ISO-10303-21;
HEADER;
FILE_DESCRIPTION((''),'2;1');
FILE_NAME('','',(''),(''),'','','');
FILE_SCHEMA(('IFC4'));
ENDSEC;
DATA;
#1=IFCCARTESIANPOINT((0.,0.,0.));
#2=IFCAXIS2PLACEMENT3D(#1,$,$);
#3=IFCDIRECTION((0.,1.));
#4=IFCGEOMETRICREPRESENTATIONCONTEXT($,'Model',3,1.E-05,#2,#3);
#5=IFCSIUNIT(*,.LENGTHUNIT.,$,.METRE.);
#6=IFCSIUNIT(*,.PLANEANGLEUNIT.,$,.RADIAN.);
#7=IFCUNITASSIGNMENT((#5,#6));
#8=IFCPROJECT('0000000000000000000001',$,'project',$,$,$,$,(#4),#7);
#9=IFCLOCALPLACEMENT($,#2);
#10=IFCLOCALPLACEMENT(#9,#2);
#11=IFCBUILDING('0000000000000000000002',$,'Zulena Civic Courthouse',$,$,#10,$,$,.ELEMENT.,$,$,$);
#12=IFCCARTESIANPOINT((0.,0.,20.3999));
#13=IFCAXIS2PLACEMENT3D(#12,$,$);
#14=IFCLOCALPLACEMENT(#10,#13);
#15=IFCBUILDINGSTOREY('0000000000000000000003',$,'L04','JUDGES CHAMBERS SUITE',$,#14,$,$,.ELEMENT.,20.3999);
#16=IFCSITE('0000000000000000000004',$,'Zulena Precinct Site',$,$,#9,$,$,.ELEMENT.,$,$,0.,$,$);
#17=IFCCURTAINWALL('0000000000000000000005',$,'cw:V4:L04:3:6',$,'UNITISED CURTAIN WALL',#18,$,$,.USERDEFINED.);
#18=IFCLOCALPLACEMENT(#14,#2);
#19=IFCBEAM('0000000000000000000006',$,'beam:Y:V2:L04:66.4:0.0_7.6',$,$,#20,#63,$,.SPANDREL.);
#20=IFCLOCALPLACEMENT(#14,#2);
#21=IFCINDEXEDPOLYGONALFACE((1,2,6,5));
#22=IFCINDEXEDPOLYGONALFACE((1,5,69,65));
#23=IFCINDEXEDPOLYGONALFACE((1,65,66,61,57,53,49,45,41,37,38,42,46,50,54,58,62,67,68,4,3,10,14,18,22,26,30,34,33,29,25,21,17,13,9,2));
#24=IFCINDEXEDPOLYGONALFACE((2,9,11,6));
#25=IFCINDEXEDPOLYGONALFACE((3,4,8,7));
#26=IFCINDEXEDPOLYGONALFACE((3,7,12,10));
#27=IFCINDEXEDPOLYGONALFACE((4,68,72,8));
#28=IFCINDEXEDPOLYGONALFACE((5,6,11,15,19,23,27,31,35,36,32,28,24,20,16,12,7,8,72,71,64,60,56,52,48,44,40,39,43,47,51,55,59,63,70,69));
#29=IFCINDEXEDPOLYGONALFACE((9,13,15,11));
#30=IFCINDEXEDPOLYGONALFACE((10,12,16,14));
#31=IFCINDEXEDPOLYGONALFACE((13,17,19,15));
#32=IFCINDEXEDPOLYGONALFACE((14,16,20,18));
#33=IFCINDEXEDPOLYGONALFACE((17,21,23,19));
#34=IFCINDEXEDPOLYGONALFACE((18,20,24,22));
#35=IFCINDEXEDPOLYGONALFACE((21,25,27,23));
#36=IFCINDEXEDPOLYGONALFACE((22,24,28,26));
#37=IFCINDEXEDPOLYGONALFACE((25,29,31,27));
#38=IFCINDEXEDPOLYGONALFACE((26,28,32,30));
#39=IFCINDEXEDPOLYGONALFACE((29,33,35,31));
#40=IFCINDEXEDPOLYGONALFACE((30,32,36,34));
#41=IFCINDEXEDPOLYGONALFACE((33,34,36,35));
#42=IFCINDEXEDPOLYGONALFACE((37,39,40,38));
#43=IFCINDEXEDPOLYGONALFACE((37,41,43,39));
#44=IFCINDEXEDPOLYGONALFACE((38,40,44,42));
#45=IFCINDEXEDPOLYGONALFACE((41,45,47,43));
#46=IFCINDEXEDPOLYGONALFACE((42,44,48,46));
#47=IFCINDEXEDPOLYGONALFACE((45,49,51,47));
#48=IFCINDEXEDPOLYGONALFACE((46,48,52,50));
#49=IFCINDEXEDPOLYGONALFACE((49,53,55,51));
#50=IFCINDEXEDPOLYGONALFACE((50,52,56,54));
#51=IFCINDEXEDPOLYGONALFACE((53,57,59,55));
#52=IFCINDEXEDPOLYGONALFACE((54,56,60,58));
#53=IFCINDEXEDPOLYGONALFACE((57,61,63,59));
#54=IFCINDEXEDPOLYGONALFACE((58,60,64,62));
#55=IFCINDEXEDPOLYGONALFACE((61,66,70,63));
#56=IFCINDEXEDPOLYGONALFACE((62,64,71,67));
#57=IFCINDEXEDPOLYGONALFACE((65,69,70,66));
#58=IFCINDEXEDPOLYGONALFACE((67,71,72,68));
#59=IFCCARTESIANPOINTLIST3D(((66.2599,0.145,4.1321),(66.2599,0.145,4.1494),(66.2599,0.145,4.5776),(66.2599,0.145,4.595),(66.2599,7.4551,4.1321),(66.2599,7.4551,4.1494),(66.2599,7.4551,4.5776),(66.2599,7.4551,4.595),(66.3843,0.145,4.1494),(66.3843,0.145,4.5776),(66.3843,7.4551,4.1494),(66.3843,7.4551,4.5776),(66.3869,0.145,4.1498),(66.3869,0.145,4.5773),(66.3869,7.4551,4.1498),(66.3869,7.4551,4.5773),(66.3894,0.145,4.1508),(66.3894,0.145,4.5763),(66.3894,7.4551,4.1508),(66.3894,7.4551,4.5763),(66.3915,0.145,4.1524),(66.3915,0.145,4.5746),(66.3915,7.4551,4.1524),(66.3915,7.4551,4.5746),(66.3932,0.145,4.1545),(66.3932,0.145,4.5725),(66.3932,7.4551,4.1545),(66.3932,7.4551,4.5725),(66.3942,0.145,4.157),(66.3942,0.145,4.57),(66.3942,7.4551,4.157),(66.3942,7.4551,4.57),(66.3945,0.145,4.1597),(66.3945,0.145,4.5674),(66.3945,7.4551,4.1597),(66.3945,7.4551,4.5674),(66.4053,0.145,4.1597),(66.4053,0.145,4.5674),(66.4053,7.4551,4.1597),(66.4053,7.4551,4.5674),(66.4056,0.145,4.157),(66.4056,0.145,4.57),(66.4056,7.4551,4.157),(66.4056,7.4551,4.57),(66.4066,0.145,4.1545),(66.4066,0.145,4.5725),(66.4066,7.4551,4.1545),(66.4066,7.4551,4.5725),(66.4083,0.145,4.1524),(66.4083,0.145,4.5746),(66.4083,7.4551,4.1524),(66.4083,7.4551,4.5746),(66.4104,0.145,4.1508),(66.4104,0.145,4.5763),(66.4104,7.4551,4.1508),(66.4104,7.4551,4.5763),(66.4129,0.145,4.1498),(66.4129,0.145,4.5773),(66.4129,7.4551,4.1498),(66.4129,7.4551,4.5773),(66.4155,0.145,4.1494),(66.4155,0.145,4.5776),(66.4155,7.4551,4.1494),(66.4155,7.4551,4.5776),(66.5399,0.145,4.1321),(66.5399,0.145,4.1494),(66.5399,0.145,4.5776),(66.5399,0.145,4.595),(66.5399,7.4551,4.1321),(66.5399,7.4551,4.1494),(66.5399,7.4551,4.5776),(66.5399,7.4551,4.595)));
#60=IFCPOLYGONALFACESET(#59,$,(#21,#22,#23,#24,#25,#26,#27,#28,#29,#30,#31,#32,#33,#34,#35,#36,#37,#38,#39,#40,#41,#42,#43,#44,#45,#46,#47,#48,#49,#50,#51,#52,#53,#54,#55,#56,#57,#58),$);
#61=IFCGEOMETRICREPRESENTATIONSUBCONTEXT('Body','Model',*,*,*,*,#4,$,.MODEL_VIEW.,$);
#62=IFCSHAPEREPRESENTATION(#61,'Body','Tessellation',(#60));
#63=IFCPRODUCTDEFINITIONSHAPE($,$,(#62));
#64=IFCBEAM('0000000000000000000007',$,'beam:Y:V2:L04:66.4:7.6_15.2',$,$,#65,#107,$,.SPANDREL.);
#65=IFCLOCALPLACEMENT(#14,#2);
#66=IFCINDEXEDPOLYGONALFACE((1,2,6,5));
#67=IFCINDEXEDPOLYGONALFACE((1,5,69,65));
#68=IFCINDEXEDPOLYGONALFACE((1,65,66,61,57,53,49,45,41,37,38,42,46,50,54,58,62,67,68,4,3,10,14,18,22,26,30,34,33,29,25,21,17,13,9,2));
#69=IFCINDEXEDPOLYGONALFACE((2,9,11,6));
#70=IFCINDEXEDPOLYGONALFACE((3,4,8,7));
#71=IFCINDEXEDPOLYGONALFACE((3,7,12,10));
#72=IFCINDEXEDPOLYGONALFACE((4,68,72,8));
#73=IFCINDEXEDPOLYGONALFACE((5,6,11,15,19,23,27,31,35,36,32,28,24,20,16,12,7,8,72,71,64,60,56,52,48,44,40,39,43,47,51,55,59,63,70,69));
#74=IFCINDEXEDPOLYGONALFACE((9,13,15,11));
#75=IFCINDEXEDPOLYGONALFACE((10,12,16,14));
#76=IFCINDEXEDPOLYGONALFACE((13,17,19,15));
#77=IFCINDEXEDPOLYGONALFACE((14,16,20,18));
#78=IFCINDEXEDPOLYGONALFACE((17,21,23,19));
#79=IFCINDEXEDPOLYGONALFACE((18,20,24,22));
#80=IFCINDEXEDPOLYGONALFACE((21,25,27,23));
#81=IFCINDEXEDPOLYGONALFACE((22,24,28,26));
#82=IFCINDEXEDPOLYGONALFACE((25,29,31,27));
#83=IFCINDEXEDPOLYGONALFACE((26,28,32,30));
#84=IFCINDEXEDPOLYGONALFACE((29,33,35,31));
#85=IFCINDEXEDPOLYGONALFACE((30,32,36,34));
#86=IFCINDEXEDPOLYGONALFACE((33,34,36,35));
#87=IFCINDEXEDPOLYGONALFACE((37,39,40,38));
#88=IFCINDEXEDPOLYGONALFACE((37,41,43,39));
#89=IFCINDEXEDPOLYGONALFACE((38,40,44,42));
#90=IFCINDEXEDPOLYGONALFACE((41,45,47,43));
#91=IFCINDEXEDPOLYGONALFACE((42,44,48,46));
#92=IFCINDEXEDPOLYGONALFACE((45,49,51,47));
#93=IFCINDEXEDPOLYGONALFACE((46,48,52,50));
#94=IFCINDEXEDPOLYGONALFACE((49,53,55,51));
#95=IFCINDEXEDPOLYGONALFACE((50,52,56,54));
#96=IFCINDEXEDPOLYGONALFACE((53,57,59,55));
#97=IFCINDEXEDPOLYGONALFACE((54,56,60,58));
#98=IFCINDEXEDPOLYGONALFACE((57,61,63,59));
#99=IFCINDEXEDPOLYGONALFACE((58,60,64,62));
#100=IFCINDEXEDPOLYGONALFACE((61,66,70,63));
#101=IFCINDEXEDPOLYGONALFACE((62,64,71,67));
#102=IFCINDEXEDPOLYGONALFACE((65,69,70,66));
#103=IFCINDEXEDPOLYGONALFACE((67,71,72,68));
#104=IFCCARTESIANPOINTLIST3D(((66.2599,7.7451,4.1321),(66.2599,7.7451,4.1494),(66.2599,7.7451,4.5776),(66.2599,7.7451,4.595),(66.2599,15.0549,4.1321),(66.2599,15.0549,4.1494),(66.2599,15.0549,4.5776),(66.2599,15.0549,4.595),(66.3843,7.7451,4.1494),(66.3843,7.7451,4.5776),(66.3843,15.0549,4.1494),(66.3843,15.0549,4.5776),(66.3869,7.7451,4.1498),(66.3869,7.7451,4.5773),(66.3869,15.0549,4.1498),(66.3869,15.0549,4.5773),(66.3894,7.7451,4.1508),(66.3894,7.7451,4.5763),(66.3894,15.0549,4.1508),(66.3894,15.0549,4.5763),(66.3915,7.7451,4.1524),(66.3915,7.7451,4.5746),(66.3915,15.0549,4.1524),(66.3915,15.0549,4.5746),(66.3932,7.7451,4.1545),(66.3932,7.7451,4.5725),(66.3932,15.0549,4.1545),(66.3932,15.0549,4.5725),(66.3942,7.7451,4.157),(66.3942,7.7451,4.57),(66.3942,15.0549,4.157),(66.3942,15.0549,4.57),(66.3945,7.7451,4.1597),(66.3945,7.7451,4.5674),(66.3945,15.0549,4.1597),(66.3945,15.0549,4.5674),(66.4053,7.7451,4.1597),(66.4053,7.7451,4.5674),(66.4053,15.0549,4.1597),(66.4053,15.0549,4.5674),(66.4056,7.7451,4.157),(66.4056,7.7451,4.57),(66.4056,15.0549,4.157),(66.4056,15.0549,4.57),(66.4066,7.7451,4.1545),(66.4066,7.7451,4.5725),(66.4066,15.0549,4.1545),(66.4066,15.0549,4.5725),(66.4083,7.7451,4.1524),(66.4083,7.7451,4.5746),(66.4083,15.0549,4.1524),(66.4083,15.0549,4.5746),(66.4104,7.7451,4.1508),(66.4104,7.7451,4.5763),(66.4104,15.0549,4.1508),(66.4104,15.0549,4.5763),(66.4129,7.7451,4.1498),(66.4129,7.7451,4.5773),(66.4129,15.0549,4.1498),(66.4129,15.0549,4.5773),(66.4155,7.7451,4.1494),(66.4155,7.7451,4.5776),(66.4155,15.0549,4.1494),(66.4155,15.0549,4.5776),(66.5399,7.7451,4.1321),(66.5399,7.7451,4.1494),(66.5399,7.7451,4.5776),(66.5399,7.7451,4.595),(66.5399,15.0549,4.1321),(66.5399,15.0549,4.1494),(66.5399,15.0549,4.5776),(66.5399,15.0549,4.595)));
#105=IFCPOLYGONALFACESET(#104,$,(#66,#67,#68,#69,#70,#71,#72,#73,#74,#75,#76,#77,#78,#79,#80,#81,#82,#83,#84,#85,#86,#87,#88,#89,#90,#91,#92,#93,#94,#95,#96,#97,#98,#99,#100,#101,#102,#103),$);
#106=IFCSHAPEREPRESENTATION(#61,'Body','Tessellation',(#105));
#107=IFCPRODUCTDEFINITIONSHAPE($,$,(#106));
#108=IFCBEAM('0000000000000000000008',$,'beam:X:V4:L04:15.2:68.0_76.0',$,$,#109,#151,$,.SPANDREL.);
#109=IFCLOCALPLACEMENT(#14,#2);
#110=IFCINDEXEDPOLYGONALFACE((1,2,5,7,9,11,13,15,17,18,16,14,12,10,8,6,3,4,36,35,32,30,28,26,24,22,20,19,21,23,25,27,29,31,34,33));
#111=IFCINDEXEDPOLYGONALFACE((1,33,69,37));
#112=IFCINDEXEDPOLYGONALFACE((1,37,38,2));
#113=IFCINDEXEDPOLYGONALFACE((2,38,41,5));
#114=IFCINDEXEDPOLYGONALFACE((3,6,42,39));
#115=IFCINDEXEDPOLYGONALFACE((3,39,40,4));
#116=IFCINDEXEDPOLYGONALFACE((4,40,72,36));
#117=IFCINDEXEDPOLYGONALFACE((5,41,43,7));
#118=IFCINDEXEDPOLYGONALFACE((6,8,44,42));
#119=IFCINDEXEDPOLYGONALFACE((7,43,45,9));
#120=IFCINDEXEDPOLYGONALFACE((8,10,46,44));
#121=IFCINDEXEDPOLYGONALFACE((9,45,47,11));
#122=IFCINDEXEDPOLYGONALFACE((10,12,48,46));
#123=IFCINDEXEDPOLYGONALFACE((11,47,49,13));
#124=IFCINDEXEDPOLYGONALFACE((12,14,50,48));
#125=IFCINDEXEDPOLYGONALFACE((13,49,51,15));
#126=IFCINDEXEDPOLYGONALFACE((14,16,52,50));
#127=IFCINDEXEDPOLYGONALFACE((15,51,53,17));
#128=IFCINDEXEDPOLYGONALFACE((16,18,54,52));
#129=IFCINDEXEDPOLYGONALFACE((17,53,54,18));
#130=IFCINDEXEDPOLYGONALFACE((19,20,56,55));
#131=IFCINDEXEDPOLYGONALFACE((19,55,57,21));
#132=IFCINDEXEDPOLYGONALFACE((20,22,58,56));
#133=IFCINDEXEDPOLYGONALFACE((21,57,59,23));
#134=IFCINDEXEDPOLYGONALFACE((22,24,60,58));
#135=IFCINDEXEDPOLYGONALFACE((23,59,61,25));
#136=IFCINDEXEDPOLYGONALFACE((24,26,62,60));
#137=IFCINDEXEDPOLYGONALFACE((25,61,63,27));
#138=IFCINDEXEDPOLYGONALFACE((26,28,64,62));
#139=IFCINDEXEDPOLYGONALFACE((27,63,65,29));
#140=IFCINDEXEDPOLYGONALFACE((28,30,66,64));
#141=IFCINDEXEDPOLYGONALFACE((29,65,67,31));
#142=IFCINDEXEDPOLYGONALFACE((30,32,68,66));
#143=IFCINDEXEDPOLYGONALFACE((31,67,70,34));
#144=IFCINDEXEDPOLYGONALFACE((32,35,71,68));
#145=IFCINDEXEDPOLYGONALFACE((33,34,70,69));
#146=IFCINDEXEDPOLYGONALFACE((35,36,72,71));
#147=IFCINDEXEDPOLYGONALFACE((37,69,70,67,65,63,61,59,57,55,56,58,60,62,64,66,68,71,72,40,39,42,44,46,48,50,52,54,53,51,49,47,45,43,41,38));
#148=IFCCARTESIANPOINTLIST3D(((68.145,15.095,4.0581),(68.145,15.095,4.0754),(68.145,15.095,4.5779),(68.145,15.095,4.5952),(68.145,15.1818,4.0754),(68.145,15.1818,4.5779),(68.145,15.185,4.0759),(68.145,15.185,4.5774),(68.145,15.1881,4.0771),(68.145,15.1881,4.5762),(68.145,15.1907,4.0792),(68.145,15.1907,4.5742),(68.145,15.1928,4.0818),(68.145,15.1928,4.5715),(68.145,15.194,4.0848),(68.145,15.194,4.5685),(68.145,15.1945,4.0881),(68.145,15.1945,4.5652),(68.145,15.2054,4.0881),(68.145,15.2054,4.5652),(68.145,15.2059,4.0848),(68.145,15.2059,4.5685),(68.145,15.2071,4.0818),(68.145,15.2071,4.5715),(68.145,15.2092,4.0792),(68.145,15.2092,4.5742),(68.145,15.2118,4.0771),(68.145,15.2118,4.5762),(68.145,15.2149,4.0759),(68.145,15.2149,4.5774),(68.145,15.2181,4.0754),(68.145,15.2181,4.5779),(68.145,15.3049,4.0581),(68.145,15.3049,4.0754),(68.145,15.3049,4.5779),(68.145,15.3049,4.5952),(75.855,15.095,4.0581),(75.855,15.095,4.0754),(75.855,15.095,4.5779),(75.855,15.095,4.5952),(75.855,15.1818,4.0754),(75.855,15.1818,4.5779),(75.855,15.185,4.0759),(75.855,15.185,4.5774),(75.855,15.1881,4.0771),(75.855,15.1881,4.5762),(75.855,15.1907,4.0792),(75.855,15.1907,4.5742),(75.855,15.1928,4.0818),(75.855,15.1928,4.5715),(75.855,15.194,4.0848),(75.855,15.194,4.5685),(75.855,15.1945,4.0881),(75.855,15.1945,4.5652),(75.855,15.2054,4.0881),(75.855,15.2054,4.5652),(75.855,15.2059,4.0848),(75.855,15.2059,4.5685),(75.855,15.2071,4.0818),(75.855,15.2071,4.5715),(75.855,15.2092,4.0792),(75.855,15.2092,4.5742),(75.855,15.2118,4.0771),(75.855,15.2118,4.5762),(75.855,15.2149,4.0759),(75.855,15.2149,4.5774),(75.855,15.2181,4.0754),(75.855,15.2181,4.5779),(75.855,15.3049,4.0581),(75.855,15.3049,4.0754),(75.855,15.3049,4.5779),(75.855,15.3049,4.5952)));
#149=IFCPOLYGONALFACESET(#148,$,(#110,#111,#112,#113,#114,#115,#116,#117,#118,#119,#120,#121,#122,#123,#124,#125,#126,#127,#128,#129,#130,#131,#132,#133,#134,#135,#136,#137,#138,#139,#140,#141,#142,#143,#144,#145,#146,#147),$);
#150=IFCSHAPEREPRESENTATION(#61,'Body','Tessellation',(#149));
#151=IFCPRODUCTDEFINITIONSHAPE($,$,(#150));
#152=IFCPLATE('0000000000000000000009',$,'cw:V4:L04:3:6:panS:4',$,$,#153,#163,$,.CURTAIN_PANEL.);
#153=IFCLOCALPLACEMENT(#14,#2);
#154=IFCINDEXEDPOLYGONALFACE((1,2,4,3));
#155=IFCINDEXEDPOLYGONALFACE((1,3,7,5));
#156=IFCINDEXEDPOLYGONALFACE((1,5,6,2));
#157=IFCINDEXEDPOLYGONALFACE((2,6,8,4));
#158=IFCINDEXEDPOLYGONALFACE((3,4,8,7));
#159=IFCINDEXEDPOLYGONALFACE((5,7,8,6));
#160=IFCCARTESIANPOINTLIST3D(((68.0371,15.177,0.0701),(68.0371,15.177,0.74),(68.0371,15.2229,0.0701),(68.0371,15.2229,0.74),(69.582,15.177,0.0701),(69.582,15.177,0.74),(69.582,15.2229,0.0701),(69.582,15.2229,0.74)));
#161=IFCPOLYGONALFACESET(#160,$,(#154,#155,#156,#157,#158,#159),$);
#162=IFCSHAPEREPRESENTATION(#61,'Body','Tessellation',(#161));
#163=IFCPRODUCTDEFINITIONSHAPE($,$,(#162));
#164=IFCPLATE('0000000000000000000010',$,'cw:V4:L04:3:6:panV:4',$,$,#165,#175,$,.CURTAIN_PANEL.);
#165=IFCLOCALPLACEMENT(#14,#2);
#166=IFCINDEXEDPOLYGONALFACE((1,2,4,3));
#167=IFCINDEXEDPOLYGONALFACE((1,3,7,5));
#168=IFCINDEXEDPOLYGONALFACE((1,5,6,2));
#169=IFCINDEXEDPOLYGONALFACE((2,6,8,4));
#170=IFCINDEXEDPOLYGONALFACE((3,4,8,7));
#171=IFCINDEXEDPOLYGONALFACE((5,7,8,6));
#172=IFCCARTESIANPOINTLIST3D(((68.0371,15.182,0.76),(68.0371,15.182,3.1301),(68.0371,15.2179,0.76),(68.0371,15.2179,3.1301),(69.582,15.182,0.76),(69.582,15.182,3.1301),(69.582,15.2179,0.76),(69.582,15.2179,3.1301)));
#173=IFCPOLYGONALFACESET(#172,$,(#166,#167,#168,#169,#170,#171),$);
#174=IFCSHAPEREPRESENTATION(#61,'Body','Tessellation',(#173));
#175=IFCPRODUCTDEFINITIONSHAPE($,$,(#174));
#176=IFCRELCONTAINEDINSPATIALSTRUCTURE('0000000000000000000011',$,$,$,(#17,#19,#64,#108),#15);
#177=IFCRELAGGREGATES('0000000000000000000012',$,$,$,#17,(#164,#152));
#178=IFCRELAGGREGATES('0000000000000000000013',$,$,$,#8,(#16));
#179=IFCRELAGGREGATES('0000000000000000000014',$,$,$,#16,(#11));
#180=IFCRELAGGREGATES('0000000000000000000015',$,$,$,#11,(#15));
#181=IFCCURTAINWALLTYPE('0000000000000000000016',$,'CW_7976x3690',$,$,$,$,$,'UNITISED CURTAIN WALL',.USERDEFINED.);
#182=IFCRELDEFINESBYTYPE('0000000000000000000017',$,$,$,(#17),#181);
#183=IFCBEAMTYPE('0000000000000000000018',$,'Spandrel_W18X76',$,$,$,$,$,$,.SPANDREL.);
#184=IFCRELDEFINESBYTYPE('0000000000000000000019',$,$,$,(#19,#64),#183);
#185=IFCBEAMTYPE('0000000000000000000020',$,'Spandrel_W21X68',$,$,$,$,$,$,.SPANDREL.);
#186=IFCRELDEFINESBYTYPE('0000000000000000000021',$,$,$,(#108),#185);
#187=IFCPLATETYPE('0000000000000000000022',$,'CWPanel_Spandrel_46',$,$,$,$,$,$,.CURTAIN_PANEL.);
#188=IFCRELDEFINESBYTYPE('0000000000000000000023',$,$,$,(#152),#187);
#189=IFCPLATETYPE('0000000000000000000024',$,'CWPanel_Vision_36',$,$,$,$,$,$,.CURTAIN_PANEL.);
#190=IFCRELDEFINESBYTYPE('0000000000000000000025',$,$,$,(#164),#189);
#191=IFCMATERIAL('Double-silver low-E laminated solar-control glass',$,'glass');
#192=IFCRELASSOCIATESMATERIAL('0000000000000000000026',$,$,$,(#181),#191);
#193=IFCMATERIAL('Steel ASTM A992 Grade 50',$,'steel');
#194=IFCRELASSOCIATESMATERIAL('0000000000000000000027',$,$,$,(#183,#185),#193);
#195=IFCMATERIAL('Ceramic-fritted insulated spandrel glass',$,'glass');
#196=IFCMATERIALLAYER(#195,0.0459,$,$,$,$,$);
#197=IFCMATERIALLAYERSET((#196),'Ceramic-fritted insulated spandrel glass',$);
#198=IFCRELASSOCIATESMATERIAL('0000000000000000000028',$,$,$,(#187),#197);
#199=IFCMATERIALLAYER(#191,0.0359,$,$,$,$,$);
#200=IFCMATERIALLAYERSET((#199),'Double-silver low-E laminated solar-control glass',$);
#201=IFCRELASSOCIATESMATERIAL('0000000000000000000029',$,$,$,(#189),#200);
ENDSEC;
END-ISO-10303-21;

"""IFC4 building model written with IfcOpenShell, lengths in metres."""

from ifc_helpers import new_model, si_unit, direction, frame, origin, origin_2d, place, context, subcontext, project, spatial, rectangle, i_section, extrude, material, layer, layer_set, material_profile, profile_set, type_object, element, aggregate, save


model = new_model("IFC4")

# Units and contexts
model_context = context("Model", 3, precision=1e-05, world=origin(), true_north=direction((0.0, 1.0)))
body_context = subcontext(model_context, "Body", "Model", "MODEL_VIEW")
ifc_project = project(units=[si_unit("LENGTHUNIT", "METRE"), si_unit("PLANEANGLEUNIT", "RADIAN")], contexts=[model_context])

# Site, building, storey
site_placement = place(None, origin())
site = spatial("IfcSite", under=ifc_project, at=site_placement, Name="Zulena Precinct Site", CompositionType="ELEMENT", RefElevation=0.0)
building_placement = place(site_placement, origin())
building = spatial("IfcBuilding", under=site, at=building_placement, Name="Zulena Civic Courthouse", CompositionType="ELEMENT")
storey_placement = place(building_placement, frame((0.0, 0.0, 20.3999)))
storey = spatial("IfcBuildingStorey", under=building, at=storey_placement, Name="L04", Description="JUDGES CHAMBERS SUITE", CompositionType="ELEMENT", Elevation=20.3999)

# Shared definitions
ifc_material_1 = material(Name="Steel ASTM A992 Grade 50", Category="steel")

# Curtain wall
ifc_material_2 = material(Name="Double-silver low-E laminated solar-control glass", Category="glass")
curtain_wall_type = type_object("IfcCurtainWallType", Name="CW_7976x3690", ElementType="UNITISED CURTAIN WALL", PredefinedType="USERDEFINED", material=ifc_material_2)
curtain_wall_placement = place(storey_placement, origin())
curtain_wall = element("IfcCurtainWall", 1, at=curtain_wall_placement, inside=storey, type_object=curtain_wall_type, Name="cw:V4:L04:3:6", ObjectType="UNITISED CURTAIN WALL", PredefinedType="USERDEFINED")

# Beams
ifc_material_profile_1 = material_profile(ifc_material_1, i_section(OverallWidth=0.28, OverallDepth=0.4629, WebThickness=0.0107, FlangeThickness=0.0173, FilletRadius=0.0103, at=origin_2d()), Name="W18X76")
ifc_profile_set_1 = profile_set([ifc_material_profile_1], Name="Steel ASTM A992 Grade 50")
beam_type_1 = type_object("IfcBeamType", Name="Spandrel_W18X76", PredefinedType="SPANDREL", material=ifc_profile_set_1)
beam_1_placement = place(storey_placement, frame((66.3999, 0.145, 4.3635), z_axis=(0.0, 1.0, 0.0), x_axis=(-1.0, 0.0, 0.0)))
element("IfcBeam", 2, at=beam_1_placement, inside=storey, type_object=beam_type_1, Name="beam:Y:V2:L04:66.4:0.0_7.6", PredefinedType="SPANDREL", context=body_context, shape_type="SweptSolid", body=[
    extrude(i_section(OverallWidth=0.28, OverallDepth=0.4629, WebThickness=0.0107, FlangeThickness=0.0173, FilletRadius=0.0103, at=origin_2d()), origin(), (0.0, 0.0, 1.0), 7.3101),
])
beam_2_placement = place(storey_placement, frame((66.3999, 7.7451, 4.3635), z_axis=(0.0, 1.0, 0.0), x_axis=(-1.0, 0.0, 0.0)))
element("IfcBeam", 3, at=beam_2_placement, inside=storey, type_object=beam_type_1, Name="beam:Y:V2:L04:66.4:7.6_15.2", PredefinedType="SPANDREL", context=body_context, shape_type="SweptSolid", body=[
    extrude(i_section(OverallWidth=0.28, OverallDepth=0.4629, WebThickness=0.0107, FlangeThickness=0.0173, FilletRadius=0.0103, at=origin_2d()), origin(), (0.0, 0.0, 1.0), 7.3098),
])
ifc_material_profile_2 = material_profile(ifc_material_1, i_section(OverallWidth=0.21, OverallDepth=0.5371, WebThickness=0.011, FlangeThickness=0.0173, FilletRadius=0.0127, at=origin_2d()), Name="W21X68")
ifc_profile_set_2 = profile_set([ifc_material_profile_2], Name="Steel ASTM A992 Grade 50")
beam_type_2 = type_object("IfcBeamType", Name="Spandrel_W21X68", PredefinedType="SPANDREL", material=ifc_profile_set_2)
beam_3_placement = place(storey_placement, frame((68.145, 15.2, 4.3267), z_axis=(1.0, 0.0, 0.0), x_axis=(0.0, 1.0, 0.0)))
element("IfcBeam", 4, at=beam_3_placement, inside=storey, type_object=beam_type_2, Name="beam:X:V4:L04:15.2:68.0_76.0", PredefinedType="SPANDREL", context=body_context, shape_type="SweptSolid", body=[
    extrude(i_section(OverallWidth=0.21, OverallDepth=0.5371, WebThickness=0.011, FlangeThickness=0.0173, FilletRadius=0.0127, at=origin_2d()), origin(), (0.0, 0.0, 1.0), 7.71),
])

# Plates
ifc_material_3 = material(Name="Ceramic-fritted insulated spandrel glass", Category="glass")
ifc_layer_1 = layer(ifc_material_3, 0.0459)
ifc_layer_set_1 = layer_set([ifc_layer_1], Name="Ceramic-fritted insulated spandrel glass")
plate_type_1 = type_object("IfcPlateType", Name="CWPanel_Spandrel_46", PredefinedType="CURTAIN_PANEL", material=ifc_layer_set_1)
plate_1_placement = place(storey_placement, frame((68.8096, 15.2, 0.0701), z_axis=(0.0, 0.0, 1.0), x_axis=(-1.0, 0.0, 0.0)))
plate_1 = element("IfcPlate", 5, at=plate_1_placement, type_object=plate_type_1, Name="cw:V4:L04:3:6:panS:4", PredefinedType="CURTAIN_PANEL", context=body_context, shape_type="SweptSolid", body=[
    extrude(rectangle(XDim=1.5449, YDim=0.0459, at=origin_2d()), origin(), (0.0, 0.0, 1.0), 0.6699),
])
ifc_layer_2 = layer(ifc_material_2, 0.0359)
ifc_layer_set_2 = layer_set([ifc_layer_2], Name="Double-silver low-E laminated solar-control glass")
plate_type_2 = type_object("IfcPlateType", Name="CWPanel_Vision_36", PredefinedType="CURTAIN_PANEL", material=ifc_layer_set_2)
plate_2_placement = place(storey_placement, frame((68.8096, 15.2, 0.76), z_axis=(0.0, 0.0, 1.0), x_axis=(-1.0, 0.0, 0.0)))
plate_2 = element("IfcPlate", 6, at=plate_2_placement, type_object=plate_type_2, Name="cw:V4:L04:3:6:panV:4", PredefinedType="CURTAIN_PANEL", context=body_context, shape_type="SweptSolid", body=[
    extrude(rectangle(XDim=1.5449, YDim=0.0359, at=origin_2d()), origin(), (0.0, 0.0, 1.0), 2.3701),
])
aggregate(curtain_wall, [plate_2, plate_1])

save(model, "model.ifc")
